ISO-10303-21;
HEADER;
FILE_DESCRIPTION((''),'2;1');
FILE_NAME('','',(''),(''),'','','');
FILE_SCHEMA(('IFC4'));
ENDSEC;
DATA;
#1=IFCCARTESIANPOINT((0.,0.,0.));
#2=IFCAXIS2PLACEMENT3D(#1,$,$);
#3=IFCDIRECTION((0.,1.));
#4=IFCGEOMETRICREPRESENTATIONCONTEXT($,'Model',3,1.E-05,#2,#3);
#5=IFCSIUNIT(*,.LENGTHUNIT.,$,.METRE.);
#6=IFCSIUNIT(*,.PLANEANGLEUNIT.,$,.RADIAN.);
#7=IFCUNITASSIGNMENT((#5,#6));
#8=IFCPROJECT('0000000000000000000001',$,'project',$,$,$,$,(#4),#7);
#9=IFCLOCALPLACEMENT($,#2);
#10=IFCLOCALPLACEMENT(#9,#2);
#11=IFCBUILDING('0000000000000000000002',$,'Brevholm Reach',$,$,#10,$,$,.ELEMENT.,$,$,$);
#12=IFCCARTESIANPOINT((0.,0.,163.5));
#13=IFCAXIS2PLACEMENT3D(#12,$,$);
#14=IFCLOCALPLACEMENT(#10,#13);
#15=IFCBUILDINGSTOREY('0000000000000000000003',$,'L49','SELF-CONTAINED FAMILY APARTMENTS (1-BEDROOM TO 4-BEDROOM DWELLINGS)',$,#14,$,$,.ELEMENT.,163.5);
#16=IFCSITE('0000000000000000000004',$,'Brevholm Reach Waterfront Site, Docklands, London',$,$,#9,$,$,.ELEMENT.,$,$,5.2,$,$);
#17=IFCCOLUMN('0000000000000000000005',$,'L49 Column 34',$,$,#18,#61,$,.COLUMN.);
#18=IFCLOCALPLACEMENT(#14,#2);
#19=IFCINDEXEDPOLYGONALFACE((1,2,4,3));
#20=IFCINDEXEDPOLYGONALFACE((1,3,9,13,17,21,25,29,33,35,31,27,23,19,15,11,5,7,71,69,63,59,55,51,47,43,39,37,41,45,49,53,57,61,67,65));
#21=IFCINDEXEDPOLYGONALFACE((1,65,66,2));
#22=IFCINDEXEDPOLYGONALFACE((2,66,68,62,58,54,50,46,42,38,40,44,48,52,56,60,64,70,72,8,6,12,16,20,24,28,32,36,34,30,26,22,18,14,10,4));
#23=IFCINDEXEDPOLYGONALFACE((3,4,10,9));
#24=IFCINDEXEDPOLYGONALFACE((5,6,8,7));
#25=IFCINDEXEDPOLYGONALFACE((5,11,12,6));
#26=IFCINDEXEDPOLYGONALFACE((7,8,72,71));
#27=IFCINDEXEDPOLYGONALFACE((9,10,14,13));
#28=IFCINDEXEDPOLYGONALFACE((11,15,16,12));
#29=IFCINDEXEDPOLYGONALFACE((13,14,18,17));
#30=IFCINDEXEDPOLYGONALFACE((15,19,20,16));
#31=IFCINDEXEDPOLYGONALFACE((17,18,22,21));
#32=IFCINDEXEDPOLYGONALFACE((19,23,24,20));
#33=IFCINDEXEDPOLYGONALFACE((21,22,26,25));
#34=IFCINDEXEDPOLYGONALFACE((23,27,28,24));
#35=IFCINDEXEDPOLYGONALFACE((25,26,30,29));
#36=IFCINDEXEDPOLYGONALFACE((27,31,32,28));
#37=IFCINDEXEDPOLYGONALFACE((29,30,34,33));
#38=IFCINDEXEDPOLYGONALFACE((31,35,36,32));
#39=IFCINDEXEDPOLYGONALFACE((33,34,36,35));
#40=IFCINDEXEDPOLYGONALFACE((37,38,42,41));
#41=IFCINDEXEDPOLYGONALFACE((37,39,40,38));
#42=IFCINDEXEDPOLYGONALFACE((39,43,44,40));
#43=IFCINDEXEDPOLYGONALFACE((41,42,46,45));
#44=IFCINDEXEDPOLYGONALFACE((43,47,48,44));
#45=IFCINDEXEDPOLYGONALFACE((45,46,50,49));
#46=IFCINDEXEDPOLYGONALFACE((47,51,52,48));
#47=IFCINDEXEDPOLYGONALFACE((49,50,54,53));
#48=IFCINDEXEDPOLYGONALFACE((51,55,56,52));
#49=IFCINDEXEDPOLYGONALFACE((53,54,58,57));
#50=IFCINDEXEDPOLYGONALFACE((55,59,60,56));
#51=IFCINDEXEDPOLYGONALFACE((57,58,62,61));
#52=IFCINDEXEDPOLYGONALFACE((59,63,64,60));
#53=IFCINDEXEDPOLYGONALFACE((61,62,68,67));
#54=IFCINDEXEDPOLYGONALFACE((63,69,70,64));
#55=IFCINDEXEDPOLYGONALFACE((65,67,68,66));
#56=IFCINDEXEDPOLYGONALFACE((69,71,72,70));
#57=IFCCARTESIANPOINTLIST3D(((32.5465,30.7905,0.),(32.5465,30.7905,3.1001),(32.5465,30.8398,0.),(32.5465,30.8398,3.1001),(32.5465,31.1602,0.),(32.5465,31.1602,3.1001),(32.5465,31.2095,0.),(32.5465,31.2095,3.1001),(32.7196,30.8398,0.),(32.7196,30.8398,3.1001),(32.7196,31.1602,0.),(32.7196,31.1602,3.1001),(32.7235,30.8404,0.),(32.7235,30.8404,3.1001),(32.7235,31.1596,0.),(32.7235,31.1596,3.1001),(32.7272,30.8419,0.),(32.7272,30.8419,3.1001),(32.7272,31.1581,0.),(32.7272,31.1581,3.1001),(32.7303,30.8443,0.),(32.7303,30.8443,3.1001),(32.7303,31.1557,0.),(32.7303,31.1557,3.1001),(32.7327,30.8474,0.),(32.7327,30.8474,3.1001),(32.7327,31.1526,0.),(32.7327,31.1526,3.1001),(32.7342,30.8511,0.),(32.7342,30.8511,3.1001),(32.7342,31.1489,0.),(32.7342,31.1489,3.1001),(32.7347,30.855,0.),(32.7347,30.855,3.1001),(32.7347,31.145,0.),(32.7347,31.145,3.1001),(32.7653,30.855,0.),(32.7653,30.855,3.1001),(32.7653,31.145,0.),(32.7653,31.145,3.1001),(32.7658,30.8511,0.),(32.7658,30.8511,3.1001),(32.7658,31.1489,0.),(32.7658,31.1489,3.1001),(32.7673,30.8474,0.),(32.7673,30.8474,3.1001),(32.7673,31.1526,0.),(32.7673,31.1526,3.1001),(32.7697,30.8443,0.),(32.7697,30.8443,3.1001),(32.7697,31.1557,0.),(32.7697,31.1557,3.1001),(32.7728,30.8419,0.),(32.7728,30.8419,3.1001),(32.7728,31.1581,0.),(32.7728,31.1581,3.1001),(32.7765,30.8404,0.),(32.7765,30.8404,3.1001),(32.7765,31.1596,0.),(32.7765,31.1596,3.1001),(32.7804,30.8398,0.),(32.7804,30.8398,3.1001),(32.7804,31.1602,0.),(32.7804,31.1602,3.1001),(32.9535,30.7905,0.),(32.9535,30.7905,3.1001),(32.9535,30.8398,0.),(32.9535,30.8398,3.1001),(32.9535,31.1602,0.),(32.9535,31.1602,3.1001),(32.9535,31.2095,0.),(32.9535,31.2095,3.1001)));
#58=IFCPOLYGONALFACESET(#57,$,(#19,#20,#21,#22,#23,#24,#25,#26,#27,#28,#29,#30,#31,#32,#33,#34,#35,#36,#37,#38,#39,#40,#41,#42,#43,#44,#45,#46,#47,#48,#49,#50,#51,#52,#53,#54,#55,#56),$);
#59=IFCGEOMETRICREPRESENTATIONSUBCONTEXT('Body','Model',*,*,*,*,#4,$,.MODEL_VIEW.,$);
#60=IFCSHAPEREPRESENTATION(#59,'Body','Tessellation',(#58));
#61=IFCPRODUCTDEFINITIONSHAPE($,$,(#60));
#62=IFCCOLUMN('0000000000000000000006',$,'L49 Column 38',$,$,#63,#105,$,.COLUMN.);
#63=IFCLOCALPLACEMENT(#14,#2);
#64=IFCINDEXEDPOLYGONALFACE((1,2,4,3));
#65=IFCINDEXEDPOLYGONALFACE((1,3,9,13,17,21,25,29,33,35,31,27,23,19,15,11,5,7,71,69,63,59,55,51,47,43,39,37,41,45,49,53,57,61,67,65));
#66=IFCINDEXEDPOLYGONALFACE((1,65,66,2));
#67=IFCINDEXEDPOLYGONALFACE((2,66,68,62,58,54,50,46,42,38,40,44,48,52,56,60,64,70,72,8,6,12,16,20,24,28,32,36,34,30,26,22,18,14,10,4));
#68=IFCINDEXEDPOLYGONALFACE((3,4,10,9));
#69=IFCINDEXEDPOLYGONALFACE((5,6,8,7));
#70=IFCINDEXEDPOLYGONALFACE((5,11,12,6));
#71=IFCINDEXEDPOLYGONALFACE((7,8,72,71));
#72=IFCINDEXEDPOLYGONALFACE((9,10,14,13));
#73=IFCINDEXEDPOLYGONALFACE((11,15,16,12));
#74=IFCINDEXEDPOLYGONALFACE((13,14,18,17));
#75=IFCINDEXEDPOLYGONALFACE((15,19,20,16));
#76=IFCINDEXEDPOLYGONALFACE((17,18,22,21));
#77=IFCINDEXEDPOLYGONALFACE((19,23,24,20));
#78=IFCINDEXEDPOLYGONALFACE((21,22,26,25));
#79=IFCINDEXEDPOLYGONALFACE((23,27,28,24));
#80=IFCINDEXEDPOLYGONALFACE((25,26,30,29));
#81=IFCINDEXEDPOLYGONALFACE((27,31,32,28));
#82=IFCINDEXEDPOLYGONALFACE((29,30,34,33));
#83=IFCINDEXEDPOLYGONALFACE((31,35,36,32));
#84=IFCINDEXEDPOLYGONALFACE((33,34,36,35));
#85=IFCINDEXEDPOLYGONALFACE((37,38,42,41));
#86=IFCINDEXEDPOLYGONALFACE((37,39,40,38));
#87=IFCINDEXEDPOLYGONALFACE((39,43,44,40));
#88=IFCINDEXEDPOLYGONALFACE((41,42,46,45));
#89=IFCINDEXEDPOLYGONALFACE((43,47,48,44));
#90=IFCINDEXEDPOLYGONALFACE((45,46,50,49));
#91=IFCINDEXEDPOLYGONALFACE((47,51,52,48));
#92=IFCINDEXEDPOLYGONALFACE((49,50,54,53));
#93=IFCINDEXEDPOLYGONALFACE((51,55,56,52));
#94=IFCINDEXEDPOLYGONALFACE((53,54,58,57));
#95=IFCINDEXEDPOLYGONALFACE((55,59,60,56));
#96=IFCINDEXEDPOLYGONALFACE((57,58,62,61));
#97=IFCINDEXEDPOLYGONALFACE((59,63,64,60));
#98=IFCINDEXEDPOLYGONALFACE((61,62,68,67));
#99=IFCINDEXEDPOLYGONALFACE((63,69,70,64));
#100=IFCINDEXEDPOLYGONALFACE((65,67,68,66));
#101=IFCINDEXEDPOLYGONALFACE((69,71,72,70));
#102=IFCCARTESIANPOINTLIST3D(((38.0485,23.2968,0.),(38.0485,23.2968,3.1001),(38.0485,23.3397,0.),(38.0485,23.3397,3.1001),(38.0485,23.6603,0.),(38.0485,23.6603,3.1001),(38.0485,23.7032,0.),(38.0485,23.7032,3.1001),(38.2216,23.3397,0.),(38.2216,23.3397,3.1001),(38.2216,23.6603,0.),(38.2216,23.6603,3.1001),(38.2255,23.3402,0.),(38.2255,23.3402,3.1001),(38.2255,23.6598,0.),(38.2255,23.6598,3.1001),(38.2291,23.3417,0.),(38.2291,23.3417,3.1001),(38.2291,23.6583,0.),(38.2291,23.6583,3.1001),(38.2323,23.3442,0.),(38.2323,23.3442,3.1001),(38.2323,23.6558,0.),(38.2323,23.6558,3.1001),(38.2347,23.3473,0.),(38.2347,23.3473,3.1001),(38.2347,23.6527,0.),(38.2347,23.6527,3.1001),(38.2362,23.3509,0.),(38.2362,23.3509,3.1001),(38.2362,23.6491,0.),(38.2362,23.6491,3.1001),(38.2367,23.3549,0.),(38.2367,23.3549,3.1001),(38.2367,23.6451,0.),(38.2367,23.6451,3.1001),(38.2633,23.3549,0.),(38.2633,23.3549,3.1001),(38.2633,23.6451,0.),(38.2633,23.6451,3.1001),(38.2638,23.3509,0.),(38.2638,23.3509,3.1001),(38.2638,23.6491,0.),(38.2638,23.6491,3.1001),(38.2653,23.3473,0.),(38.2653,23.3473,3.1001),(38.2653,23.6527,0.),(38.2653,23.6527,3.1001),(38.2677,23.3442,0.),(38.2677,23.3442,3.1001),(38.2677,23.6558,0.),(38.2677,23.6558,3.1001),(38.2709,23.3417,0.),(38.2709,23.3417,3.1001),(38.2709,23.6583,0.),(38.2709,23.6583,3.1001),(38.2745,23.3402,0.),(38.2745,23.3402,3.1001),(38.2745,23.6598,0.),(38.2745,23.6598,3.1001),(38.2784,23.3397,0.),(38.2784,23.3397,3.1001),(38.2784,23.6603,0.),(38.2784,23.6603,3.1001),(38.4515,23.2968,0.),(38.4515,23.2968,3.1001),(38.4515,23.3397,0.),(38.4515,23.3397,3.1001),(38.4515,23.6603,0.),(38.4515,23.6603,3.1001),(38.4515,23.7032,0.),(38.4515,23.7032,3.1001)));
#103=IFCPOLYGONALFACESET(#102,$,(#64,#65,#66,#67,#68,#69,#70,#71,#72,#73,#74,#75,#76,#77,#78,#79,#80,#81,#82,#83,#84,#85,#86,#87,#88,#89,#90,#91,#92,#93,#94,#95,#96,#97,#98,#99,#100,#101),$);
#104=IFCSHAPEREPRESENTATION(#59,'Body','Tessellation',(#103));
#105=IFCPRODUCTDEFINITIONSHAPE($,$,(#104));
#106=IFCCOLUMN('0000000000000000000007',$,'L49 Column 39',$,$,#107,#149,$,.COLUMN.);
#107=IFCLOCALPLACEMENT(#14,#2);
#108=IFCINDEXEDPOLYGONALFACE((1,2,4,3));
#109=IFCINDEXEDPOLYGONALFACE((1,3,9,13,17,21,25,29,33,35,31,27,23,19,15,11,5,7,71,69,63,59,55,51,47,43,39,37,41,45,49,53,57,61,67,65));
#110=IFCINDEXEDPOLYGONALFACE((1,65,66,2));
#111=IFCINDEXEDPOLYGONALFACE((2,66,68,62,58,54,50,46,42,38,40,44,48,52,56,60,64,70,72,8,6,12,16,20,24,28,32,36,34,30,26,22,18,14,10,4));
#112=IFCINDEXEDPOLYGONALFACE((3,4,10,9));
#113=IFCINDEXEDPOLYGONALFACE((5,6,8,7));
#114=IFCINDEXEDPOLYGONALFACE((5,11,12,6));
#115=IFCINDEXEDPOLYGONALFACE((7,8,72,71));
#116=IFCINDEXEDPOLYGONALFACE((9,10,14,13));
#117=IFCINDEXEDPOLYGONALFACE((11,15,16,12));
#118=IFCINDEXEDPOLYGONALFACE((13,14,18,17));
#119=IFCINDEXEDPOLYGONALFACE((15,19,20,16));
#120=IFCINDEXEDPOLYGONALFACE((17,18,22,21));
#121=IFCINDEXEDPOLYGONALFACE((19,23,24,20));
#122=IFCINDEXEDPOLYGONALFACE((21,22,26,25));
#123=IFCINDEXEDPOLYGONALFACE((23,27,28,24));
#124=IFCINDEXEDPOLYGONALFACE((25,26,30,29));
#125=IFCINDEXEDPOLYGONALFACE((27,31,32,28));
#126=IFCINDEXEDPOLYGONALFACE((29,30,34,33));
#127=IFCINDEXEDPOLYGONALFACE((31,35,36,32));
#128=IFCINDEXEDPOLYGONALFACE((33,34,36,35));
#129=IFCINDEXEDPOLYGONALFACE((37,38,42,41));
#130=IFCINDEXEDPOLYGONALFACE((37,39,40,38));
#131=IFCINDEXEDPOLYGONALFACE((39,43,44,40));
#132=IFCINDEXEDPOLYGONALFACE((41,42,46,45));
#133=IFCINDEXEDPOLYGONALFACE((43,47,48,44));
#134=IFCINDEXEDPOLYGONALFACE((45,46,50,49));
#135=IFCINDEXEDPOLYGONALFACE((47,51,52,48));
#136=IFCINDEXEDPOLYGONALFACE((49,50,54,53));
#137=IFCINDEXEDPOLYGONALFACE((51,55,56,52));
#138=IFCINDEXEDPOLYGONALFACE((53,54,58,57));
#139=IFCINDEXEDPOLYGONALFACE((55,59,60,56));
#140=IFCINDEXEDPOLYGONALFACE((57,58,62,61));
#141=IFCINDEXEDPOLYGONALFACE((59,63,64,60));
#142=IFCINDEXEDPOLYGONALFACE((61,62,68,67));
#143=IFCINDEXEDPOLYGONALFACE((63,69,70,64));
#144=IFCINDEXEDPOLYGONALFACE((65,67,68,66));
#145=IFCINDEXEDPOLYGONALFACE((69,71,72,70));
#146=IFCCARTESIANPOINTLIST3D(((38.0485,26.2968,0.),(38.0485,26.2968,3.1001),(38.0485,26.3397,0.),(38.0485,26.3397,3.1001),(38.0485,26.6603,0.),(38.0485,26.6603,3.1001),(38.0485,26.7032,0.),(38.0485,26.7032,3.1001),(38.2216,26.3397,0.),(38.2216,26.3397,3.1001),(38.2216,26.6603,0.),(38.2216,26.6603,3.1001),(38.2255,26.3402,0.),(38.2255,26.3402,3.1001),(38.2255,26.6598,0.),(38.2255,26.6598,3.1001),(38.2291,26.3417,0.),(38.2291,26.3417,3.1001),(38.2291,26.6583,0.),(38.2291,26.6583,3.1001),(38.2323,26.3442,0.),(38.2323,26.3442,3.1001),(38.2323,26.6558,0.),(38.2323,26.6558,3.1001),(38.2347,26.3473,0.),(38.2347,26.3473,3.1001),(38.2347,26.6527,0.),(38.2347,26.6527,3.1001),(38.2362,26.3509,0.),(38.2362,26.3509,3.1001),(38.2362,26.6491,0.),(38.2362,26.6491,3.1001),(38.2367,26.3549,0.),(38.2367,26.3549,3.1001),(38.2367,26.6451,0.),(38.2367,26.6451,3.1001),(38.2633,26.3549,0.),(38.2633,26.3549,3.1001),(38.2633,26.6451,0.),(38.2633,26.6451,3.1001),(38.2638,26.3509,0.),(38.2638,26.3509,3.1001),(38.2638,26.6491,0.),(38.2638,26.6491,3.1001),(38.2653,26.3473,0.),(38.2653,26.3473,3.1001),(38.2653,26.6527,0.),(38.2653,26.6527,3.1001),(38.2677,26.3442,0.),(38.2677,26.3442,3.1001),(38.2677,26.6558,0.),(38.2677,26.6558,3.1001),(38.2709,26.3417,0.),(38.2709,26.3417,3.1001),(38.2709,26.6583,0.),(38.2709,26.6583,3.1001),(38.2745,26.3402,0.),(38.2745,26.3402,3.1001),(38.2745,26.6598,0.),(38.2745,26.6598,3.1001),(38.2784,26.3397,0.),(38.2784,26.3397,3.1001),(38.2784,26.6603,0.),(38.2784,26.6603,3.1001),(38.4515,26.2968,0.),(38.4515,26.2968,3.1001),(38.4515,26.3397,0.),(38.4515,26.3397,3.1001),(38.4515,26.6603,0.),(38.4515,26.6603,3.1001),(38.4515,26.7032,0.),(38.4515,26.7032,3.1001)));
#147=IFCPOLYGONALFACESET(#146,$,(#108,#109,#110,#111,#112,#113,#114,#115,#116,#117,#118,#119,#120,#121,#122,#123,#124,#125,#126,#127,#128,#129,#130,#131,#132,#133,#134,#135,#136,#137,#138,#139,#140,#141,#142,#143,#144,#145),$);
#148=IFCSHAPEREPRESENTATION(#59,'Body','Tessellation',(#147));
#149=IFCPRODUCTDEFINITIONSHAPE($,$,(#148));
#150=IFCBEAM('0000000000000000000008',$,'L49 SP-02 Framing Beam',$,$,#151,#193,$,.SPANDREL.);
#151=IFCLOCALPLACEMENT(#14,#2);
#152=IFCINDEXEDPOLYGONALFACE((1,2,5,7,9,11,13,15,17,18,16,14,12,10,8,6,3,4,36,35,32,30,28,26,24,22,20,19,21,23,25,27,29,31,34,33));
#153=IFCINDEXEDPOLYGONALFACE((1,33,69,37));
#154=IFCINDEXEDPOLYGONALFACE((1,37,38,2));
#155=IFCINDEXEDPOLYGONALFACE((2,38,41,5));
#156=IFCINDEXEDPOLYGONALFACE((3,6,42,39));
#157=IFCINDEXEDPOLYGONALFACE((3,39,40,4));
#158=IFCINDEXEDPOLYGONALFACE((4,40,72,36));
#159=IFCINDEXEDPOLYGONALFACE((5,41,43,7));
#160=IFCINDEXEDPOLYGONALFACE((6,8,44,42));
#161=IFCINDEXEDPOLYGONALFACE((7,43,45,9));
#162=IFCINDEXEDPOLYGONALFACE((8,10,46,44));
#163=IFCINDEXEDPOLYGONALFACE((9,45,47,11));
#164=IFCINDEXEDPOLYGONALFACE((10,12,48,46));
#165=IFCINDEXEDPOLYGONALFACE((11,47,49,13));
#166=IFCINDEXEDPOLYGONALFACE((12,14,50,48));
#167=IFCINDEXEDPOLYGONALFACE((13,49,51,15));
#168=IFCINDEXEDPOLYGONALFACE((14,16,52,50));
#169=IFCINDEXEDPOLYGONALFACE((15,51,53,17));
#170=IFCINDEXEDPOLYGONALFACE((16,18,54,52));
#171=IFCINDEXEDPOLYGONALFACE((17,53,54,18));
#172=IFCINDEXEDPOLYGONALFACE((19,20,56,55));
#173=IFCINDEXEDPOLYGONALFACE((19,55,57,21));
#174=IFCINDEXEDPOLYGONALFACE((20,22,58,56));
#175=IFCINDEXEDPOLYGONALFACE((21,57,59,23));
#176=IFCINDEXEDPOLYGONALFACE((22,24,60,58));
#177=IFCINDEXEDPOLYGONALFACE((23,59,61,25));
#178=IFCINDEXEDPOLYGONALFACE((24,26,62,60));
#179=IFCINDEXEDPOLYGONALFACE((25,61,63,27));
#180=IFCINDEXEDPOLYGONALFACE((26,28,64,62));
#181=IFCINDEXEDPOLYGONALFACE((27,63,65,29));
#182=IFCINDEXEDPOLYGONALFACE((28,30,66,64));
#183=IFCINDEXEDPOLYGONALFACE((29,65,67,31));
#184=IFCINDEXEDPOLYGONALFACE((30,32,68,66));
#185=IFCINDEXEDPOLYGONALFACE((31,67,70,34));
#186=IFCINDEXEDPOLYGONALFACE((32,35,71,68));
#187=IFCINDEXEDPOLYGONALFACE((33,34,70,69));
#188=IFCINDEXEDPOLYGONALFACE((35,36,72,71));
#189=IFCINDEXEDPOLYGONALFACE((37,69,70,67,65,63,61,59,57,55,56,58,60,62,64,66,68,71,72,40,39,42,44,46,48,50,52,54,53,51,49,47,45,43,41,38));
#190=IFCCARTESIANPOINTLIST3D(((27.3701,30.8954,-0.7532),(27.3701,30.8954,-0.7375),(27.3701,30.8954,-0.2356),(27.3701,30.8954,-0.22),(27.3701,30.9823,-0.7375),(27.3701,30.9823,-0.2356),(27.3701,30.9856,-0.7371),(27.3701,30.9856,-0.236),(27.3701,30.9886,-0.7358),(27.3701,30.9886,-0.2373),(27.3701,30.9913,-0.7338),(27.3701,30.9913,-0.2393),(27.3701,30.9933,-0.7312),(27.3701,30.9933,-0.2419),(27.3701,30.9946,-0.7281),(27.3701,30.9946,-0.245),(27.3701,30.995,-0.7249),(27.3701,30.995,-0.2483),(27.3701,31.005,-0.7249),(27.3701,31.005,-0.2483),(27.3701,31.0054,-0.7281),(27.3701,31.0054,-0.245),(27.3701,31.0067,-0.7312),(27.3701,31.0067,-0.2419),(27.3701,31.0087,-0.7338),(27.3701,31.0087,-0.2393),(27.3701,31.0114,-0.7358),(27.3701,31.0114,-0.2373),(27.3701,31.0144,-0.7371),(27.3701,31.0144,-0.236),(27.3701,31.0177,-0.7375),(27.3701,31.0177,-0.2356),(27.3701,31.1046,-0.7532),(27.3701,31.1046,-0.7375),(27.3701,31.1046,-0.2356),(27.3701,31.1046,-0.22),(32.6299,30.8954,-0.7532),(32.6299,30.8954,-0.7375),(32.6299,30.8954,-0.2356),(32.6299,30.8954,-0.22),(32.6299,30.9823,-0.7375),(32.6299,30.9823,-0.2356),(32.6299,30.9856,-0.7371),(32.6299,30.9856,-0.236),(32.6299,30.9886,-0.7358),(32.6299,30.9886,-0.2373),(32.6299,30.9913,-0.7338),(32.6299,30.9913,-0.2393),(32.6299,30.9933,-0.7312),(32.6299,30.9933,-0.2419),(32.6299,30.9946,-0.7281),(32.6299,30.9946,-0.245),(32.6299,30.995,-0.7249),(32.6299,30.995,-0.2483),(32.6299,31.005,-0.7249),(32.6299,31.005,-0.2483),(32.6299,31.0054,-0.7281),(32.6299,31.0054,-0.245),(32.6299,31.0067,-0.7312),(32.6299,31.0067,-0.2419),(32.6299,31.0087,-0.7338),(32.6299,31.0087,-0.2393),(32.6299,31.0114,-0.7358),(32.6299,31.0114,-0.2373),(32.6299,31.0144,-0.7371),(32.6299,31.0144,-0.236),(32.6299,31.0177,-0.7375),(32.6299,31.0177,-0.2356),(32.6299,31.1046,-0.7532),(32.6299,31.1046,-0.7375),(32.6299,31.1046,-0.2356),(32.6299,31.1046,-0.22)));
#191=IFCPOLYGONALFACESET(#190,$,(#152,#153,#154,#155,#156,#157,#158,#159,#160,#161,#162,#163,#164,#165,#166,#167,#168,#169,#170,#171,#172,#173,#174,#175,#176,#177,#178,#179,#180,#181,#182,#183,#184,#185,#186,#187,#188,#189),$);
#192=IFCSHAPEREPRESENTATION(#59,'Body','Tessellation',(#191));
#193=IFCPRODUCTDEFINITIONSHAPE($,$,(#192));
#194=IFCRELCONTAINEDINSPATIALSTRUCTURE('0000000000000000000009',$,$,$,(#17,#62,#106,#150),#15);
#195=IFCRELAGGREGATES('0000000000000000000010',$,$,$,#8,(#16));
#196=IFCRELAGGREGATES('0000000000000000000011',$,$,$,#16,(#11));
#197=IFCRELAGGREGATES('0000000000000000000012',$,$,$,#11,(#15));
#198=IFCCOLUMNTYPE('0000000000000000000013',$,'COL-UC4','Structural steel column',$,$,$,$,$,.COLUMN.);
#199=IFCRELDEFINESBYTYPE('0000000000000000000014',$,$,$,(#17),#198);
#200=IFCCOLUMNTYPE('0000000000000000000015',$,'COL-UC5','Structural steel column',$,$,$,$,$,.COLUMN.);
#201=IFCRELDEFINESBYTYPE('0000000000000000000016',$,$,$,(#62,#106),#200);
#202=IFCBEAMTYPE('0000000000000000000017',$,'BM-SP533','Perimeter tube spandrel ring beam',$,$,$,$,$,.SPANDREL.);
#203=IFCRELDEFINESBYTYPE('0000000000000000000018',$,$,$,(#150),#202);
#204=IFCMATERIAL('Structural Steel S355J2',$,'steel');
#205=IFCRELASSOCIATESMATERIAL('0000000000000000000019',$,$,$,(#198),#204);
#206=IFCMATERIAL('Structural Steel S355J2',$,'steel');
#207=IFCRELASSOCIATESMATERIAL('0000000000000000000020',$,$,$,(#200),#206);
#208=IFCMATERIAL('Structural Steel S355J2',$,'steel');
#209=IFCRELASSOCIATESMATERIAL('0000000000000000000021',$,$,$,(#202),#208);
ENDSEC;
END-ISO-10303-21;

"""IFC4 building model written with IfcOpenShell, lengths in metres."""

from ifc_helpers import new_model, si_unit, direction, frame, origin, origin_2d, place, context, subcontext, project, spatial, i_section, extrude, material, material_profile, profile_set, type_object, element, save


model = new_model("IFC4")

# Units and contexts
model_context = context("Model", 3, precision=1e-05, world=origin(), true_north=direction((0.0, 1.0)))
body_context = subcontext(model_context, "Body", "Model", "MODEL_VIEW")
ifc_project = project(units=[si_unit("LENGTHUNIT", "METRE"), si_unit("PLANEANGLEUNIT", "RADIAN")], contexts=[model_context])

# Site, building, storey
site_placement = place(None, origin())
site = spatial("IfcSite", under=ifc_project, at=site_placement, Name="Brevholm Reach Waterfront Site, Docklands, London", CompositionType="ELEMENT", RefElevation=5.2)
building_placement = place(site_placement, origin())
building = spatial("IfcBuilding", under=site, at=building_placement, Name="Brevholm Reach", CompositionType="ELEMENT")
storey_placement = place(building_placement, frame((0.0, 0.0, 163.5)))
storey = spatial("IfcBuildingStorey", under=building, at=storey_placement, Name="L49", Description="SELF-CONTAINED FAMILY APARTMENTS (1-BEDROOM TO 4-BEDROOM DWELLINGS)", CompositionType="ELEMENT", Elevation=163.5)

# Columns
ifc_material_1 = material(Name="Structural Steel S355J2", Category="steel")
ifc_material_profile_1 = material_profile(ifc_material_1, i_section(OverallWidth=0.407, OverallDepth=0.4189, WebThickness=0.0305, FlangeThickness=0.0493, FilletRadius=0.0151, at=origin_2d()), Name="UKC 356x406x393")
ifc_profile_set_1 = profile_set([ifc_material_profile_1], Name="Structural Steel S355J2")
column_type_1 = type_object("IfcColumnType", Name="COL-UC4", Description="Structural steel column", PredefinedType="COLUMN", material=ifc_profile_set_1)
column_placement = place(storey_placement, frame((32.75, 31.0, 0.0), z_axis=(0.0, 0.0, 1.0), x_axis=(1.0, 0.0, 0.0)))
element("IfcColumn", 1, at=column_placement, inside=storey, type_object=column_type_1, Name="L49 Column 34", PredefinedType="COLUMN", context=body_context, shape_type="SweptSolid", body=[
    extrude(i_section(OverallWidth=0.407, OverallDepth=0.4189, WebThickness=0.0305, FlangeThickness=0.0493, FilletRadius=0.0151, at=origin_2d()), origin(), (0.0, 0.0, 1.0), 3.1001),
])
ifc_material_2 = material(Name="Structural Steel S355J2", Category="steel")
ifc_material_profile_2 = material_profile(ifc_material_2, i_section(OverallWidth=0.4031, OverallDepth=0.4065, WebThickness=0.0266, FlangeThickness=0.043, FilletRadius=0.0151, at=origin_2d()), Name="UKC 356x406x340")
ifc_profile_set_2 = profile_set([ifc_material_profile_2], Name="Structural Steel S355J2")
column_type_2 = type_object("IfcColumnType", Name="COL-UC5", Description="Structural steel column", PredefinedType="COLUMN", material=ifc_profile_set_2)
for number, where, z_axis, x_axis, name in (
    (2, (38.25, 23.5, 0.0), (0.0, 0.0, 1.0), (1.0, 0.0, 0.0), "L49 Column 38"),
    (3, (38.25, 26.5, 0.0), (0.0, 0.0, 1.0), (1.0, 0.0, 0.0), "L49 Column 39"),
):
    element("IfcColumn", number, at=place(storey_placement, frame(where, z_axis=z_axis, x_axis=x_axis)), inside=storey, type_object=column_type_2, Name=name, PredefinedType="COLUMN", context=body_context, shape_type="SweptSolid", body=[
        extrude(i_section(OverallWidth=0.4031, OverallDepth=0.4065, WebThickness=0.0266, FlangeThickness=0.043, FilletRadius=0.0151, at=origin_2d()), origin(), (0.0, 0.0, 1.0), 3.1001),
    ])

# Beam
ifc_material_3 = material(Name="Structural Steel S355J2", Category="steel")
ifc_material_profile_3 = material_profile(ifc_material_3, i_section(OverallWidth=0.2092, OverallDepth=0.5332, WebThickness=0.01, FlangeThickness=0.0156, FilletRadius=0.0127, at=origin_2d()), Name="UKB 533x210x92")
ifc_profile_set_3 = profile_set([ifc_material_profile_3], Name="Structural Steel S355J2")
beam_type_1 = type_object("IfcBeamType", Name="BM-SP533", Description="Perimeter tube spandrel ring beam", PredefinedType="SPANDREL", material=ifc_profile_set_3)
for number, where, z_axis, x_axis, name in (
    (4, (27.3701, 31.0, -0.4866), (1.0, 0.0, 0.0), (0.0, 1.0, 0.0), "L49 SP-02 Framing Beam"),
):
    element("IfcBeam", number, at=place(storey_placement, frame(where, z_axis=z_axis, x_axis=x_axis)), inside=storey, type_object=beam_type_1, Name=name, PredefinedType="SPANDREL", context=body_context, shape_type="SweptSolid", body=[
        extrude(i_section(OverallWidth=0.2092, OverallDepth=0.5332, WebThickness=0.01, FlangeThickness=0.0156, FilletRadius=0.0127, at=origin_2d()), origin(), (0.0, 0.0, 1.0), 5.2598),
    ])

save(model, "model.ifc")
